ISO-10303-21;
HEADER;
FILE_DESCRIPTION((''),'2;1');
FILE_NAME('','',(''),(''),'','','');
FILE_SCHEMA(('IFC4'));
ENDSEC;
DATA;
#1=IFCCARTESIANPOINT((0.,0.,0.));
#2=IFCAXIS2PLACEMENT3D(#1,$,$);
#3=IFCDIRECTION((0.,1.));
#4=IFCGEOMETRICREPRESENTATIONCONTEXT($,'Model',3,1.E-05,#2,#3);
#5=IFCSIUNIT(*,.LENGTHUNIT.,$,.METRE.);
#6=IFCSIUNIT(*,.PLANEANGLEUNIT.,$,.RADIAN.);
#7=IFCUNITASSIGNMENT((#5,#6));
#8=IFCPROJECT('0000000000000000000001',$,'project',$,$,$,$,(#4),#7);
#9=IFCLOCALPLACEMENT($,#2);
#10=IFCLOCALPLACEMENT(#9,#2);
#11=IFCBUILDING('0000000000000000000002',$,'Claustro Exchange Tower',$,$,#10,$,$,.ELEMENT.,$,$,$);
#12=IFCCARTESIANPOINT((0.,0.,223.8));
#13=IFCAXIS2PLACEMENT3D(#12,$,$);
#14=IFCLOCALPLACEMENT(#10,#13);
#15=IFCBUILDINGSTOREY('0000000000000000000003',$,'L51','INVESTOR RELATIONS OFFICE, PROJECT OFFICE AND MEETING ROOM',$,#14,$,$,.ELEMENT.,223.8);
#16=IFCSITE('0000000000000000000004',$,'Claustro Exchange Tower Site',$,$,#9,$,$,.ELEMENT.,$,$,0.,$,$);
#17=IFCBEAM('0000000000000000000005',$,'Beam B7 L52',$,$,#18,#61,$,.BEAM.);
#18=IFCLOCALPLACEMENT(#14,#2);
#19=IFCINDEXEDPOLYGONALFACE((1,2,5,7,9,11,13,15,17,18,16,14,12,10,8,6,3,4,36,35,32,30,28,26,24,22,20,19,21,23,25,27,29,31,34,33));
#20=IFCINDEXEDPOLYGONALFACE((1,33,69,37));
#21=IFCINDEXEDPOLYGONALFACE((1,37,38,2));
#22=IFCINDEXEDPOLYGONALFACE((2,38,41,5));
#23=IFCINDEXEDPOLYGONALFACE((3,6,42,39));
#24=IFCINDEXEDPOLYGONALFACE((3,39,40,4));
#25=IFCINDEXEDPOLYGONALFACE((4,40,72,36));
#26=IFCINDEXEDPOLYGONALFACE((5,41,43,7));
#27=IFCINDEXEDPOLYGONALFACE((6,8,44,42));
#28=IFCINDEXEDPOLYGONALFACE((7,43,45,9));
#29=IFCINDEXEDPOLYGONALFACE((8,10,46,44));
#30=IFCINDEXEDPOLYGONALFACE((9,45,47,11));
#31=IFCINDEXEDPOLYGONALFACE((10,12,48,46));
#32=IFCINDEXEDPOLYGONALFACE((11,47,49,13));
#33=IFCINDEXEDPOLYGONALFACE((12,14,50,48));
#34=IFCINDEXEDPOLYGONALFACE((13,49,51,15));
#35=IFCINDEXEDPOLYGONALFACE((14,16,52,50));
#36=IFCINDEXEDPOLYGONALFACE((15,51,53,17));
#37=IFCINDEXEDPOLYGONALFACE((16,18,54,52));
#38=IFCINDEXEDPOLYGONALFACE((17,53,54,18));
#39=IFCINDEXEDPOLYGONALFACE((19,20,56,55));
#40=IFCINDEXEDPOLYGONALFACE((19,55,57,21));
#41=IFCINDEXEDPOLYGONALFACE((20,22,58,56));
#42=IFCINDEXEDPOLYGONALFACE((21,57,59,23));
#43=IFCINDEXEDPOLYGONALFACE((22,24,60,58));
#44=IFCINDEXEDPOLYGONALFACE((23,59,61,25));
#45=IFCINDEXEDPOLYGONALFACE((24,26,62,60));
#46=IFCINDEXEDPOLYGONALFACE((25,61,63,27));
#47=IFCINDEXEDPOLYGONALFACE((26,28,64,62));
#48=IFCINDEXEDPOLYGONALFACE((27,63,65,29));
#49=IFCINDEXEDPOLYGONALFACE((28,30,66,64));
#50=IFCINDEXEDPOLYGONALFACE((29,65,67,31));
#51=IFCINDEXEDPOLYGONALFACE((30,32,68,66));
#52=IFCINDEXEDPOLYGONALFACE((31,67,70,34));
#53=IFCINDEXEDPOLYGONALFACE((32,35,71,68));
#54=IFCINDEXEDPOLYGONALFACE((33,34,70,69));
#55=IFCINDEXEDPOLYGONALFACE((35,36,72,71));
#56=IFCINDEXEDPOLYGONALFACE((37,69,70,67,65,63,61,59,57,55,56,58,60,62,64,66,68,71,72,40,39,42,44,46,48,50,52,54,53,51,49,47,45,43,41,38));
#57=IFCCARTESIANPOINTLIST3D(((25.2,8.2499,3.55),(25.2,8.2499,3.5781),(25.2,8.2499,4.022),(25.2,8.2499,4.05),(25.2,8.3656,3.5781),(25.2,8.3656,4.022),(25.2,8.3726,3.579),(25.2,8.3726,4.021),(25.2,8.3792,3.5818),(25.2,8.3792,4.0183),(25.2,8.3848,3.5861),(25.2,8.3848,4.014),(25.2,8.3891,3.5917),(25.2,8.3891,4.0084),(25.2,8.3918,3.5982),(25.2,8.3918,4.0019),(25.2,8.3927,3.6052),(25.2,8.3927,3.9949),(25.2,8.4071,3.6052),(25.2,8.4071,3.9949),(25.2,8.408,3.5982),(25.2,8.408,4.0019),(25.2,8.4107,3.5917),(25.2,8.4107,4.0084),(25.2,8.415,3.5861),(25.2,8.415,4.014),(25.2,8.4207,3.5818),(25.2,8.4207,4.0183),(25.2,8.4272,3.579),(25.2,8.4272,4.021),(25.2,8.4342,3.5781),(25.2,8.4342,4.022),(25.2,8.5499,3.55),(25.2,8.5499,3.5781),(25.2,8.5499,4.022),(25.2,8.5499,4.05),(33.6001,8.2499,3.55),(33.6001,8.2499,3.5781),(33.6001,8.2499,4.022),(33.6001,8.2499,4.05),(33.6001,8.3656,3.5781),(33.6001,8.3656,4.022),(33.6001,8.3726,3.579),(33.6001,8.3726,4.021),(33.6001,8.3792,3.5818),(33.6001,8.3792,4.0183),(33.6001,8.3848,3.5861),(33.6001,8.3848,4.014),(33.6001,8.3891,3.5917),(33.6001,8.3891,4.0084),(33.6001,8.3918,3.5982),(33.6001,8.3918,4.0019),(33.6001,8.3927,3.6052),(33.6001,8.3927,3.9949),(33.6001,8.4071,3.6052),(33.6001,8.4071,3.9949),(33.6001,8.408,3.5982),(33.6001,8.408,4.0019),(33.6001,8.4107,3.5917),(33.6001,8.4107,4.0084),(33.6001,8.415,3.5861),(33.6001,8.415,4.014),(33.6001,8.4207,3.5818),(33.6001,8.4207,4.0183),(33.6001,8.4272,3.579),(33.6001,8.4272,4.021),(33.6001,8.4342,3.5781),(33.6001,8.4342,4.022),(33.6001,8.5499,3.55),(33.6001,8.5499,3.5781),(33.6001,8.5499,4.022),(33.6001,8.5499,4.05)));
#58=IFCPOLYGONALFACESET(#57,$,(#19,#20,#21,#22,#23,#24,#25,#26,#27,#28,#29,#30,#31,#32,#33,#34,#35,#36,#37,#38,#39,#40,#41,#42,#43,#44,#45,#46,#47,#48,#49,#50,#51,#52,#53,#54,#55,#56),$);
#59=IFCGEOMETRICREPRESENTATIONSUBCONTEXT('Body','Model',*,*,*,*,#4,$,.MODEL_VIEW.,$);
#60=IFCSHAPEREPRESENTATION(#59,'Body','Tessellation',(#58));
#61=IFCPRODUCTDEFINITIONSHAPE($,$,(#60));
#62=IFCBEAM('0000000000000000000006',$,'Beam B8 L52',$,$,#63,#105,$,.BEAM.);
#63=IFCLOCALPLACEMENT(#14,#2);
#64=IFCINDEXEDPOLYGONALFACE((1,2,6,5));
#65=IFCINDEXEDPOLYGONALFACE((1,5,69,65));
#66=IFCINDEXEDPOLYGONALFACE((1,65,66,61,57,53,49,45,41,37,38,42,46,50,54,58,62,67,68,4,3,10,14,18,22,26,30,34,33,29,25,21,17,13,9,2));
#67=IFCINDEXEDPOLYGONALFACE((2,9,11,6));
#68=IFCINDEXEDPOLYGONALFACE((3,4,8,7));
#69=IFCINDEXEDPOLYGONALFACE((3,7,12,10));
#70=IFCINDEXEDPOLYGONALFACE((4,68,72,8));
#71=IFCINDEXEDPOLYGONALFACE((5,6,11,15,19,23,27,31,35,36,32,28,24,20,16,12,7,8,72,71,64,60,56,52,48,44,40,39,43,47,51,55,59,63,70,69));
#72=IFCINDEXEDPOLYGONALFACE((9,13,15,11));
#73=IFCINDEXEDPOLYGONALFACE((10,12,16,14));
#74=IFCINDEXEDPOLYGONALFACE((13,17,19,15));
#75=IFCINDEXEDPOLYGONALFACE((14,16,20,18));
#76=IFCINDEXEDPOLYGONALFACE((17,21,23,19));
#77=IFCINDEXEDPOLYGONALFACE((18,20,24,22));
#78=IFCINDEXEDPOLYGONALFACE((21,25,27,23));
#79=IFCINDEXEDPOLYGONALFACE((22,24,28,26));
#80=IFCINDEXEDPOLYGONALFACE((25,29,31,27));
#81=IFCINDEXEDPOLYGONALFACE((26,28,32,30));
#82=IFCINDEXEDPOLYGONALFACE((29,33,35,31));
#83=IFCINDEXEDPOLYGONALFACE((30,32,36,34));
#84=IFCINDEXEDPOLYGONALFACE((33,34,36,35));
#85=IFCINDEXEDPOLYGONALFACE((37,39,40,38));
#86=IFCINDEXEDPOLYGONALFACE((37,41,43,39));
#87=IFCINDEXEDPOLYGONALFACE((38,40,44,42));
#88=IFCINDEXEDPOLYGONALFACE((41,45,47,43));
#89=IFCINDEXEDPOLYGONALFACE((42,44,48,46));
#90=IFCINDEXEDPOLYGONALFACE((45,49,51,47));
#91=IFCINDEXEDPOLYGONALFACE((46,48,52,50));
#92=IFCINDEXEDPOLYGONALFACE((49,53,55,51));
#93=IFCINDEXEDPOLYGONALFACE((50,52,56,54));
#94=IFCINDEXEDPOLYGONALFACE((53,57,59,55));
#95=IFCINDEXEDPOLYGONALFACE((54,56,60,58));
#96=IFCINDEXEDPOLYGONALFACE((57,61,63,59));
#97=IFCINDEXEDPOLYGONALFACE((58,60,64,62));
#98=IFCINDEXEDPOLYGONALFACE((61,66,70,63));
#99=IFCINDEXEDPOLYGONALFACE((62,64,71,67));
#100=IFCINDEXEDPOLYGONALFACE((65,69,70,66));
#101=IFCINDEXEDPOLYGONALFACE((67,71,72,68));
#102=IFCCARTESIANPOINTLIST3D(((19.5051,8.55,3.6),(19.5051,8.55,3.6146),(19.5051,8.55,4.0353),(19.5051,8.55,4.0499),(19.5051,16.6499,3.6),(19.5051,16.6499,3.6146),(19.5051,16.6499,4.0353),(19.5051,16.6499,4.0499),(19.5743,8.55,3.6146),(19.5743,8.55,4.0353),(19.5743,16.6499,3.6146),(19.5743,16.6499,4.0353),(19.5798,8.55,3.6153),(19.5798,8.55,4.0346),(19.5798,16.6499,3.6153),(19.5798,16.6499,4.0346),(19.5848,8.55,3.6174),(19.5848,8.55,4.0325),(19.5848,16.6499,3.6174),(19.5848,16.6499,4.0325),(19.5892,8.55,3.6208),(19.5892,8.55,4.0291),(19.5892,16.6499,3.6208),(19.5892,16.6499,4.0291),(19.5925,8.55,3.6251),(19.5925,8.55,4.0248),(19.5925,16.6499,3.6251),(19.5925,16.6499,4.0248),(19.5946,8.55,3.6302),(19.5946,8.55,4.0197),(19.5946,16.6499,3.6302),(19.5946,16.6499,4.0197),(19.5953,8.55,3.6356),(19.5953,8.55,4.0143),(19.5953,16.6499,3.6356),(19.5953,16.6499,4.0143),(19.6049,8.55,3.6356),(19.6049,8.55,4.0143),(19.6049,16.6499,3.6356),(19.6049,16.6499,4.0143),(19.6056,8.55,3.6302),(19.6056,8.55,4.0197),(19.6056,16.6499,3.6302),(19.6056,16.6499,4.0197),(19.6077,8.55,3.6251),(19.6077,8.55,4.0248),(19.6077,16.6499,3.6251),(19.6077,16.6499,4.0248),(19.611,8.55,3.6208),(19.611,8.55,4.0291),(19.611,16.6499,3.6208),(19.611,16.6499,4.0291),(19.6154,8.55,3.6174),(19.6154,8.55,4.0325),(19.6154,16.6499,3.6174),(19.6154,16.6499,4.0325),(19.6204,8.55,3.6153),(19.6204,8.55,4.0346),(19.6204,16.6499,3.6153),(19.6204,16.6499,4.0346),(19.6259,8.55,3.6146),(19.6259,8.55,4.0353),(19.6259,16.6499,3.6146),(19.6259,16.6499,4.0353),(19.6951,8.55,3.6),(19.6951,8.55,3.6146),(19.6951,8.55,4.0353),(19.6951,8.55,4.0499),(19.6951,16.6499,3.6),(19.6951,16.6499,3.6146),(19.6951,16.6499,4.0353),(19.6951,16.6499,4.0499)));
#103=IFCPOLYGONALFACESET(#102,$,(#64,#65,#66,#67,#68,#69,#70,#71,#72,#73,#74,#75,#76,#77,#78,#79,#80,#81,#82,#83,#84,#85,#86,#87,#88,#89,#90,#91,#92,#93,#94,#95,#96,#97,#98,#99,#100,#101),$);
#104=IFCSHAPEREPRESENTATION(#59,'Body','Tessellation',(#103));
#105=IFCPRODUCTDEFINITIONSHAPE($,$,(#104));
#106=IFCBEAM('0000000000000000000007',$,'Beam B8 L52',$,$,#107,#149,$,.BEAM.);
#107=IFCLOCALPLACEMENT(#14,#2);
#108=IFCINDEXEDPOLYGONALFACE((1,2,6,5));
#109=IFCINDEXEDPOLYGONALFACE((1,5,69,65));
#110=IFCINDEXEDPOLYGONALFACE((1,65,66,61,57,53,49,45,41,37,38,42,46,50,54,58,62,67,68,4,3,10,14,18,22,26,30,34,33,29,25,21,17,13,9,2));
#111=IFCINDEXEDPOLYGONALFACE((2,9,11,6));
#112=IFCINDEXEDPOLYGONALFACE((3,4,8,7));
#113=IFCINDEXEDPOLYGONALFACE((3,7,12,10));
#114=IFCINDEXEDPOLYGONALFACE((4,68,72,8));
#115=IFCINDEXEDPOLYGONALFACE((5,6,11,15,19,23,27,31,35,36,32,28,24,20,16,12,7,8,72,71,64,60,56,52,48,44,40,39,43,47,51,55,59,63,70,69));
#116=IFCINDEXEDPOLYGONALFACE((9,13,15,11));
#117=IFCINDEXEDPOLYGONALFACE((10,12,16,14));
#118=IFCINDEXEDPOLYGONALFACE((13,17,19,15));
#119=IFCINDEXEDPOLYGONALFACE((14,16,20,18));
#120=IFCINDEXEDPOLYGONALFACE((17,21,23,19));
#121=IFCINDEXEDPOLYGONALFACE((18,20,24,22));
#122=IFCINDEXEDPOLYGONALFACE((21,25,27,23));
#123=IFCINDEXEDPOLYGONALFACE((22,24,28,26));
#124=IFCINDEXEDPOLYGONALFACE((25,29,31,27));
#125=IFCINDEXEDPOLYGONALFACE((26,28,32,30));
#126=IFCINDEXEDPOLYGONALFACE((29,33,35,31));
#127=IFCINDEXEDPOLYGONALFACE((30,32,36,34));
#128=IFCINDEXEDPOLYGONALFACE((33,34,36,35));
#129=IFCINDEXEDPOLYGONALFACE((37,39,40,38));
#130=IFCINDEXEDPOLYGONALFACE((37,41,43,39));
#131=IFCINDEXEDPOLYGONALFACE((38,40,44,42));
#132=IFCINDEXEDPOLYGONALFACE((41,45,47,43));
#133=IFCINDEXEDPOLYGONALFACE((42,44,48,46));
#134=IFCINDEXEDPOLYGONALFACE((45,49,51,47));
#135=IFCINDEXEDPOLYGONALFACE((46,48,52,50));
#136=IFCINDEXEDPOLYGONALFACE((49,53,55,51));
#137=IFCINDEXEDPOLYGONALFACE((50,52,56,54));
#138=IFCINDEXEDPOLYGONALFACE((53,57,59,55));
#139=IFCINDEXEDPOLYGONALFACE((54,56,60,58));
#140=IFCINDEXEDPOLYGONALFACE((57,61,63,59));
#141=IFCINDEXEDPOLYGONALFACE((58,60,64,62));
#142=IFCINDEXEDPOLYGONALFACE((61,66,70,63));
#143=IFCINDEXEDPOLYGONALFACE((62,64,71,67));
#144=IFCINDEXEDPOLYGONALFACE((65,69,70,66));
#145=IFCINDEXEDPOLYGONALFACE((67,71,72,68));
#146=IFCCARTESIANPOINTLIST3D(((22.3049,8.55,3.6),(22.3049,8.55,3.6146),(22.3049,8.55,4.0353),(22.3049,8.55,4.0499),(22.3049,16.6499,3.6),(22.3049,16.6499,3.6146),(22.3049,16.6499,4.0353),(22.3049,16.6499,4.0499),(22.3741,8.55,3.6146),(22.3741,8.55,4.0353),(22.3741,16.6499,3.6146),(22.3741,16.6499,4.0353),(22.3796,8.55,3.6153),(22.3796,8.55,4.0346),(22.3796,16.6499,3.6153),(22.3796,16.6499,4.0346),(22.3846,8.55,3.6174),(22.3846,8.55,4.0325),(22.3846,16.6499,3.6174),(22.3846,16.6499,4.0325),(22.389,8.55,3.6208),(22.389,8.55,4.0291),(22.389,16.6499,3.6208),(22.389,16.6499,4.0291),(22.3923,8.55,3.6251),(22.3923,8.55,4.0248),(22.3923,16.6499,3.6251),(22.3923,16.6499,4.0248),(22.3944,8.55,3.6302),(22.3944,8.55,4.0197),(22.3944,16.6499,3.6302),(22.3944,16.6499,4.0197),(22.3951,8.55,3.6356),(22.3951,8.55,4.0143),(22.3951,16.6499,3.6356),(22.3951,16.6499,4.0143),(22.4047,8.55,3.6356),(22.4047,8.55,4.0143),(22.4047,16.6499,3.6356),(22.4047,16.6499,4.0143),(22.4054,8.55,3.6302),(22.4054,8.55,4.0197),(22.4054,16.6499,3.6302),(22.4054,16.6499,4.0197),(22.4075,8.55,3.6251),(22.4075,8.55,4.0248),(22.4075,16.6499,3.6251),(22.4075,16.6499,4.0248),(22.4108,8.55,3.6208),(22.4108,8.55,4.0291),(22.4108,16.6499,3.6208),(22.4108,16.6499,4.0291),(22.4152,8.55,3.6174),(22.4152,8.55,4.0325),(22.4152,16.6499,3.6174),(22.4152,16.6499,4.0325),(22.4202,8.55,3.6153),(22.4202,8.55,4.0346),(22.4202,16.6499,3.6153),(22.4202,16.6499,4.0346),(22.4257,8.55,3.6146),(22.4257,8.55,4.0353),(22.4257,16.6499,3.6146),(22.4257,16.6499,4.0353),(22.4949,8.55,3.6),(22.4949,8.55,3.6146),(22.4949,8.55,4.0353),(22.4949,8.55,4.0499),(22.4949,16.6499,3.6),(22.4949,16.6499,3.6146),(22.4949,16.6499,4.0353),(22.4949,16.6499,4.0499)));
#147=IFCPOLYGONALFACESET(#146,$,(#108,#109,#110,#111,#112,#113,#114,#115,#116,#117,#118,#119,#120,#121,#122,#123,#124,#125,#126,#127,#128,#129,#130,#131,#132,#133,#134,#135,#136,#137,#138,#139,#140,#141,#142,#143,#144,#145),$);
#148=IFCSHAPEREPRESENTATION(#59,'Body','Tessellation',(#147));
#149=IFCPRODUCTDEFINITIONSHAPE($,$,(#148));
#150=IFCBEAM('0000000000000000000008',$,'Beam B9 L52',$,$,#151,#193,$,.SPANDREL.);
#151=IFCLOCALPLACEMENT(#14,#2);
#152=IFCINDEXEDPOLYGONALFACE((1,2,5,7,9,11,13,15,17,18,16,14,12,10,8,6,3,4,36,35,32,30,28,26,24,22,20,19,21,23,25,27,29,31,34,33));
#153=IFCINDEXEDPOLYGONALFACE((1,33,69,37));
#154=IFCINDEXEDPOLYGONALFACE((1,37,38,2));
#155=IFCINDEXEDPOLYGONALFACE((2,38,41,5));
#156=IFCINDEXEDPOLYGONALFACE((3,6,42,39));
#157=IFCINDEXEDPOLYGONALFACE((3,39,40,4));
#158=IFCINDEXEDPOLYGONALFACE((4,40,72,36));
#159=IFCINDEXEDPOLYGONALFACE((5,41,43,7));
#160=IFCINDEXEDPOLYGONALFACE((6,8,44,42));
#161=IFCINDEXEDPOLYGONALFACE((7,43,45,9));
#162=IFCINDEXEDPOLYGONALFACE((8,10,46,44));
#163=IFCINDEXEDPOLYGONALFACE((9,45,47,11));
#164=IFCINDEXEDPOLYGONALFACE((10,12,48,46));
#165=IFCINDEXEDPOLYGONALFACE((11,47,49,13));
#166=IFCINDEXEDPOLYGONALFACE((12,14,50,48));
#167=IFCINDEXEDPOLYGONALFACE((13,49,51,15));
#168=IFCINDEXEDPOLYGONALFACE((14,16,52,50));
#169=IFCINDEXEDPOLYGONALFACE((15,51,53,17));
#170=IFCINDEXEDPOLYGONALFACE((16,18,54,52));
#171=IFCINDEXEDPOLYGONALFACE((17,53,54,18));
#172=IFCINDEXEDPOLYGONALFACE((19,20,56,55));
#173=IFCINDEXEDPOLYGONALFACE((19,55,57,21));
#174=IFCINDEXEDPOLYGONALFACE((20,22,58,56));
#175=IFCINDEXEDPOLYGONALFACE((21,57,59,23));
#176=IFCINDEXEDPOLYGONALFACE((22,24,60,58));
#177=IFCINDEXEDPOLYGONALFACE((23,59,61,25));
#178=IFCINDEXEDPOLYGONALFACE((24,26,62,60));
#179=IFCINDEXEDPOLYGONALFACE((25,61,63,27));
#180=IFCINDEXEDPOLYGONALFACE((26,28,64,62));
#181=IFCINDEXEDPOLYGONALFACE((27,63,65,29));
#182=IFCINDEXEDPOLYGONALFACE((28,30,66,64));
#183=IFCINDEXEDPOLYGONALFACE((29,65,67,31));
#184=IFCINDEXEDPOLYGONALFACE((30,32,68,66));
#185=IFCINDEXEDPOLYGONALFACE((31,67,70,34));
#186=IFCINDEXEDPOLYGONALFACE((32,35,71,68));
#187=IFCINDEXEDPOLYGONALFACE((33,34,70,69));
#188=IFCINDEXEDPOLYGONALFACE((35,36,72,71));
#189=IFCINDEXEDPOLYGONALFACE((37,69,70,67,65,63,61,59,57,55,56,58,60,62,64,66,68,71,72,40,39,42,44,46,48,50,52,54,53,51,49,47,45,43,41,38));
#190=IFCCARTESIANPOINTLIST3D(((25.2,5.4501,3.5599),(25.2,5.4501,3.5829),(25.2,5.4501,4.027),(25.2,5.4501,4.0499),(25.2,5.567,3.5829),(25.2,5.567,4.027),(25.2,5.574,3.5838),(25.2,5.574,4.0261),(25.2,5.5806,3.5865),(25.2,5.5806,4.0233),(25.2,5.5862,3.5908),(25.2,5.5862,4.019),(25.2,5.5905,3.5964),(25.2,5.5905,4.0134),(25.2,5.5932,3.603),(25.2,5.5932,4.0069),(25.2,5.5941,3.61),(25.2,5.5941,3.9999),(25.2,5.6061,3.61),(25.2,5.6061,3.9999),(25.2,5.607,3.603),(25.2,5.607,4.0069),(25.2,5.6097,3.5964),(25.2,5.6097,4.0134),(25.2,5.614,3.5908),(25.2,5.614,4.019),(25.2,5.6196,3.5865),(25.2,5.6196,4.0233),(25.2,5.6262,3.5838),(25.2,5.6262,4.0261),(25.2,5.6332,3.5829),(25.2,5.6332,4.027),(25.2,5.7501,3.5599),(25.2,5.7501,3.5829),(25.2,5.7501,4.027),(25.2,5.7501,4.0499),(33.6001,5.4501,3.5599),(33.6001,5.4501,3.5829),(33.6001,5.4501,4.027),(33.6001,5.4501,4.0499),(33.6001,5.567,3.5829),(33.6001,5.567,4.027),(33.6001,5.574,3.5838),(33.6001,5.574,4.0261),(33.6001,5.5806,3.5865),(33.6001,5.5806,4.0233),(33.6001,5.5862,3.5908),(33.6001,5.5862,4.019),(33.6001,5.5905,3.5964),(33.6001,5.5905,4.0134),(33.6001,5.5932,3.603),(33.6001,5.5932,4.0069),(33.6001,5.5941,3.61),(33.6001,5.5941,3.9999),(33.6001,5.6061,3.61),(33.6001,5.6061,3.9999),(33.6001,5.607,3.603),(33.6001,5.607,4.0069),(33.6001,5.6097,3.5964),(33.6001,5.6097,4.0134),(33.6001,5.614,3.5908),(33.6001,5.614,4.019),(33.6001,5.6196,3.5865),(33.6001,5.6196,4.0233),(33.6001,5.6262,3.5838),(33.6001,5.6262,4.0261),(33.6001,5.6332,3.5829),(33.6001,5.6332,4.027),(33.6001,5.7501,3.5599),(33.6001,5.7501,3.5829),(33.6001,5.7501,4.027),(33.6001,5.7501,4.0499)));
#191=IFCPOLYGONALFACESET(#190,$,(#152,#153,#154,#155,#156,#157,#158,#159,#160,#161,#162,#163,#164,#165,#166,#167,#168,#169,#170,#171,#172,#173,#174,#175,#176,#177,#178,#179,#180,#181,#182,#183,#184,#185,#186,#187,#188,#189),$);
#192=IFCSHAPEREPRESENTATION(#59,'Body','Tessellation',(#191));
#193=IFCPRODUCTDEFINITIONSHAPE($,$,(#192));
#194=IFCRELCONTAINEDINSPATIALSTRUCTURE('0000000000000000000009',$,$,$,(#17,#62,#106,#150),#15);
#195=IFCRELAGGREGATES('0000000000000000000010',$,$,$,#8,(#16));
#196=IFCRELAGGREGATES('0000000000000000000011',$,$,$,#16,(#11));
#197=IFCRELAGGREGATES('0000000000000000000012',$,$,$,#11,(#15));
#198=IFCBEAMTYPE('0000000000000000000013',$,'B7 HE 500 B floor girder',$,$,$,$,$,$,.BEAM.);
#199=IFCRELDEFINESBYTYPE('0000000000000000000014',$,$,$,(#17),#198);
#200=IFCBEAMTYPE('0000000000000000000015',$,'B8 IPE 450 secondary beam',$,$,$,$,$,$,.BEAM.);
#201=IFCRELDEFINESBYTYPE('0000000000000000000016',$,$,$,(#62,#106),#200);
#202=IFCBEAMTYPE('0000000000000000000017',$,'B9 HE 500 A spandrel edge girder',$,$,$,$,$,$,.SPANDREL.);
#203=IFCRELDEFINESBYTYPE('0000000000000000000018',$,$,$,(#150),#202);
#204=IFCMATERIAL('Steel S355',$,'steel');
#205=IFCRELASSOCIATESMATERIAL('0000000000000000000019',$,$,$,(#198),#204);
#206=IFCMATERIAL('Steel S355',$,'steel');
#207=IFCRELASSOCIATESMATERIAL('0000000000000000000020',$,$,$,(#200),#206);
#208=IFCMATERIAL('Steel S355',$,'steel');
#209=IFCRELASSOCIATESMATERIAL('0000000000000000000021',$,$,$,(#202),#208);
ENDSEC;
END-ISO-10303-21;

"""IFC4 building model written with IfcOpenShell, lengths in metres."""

from ifc_helpers import new_model, si_unit, direction, frame, origin, origin_2d, place, context, subcontext, project, spatial, i_section, extrude, material, material_profile, profile_set, type_object, element, save


model = new_model("IFC4")

# Units and contexts
model_context = context("Model", 3, precision=1e-05, world=origin(), true_north=direction((0.0, 1.0)))
body_context = subcontext(model_context, "Body", "Model", "MODEL_VIEW")
ifc_project = project(units=[si_unit("LENGTHUNIT", "METRE"), si_unit("PLANEANGLEUNIT", "RADIAN")], contexts=[model_context])

# Site, building, storey
site_placement = place(None, origin())
site = spatial("IfcSite", under=ifc_project, at=site_placement, Name="Claustro Exchange Tower Site", CompositionType="ELEMENT", RefElevation=0.0)
building_placement = place(site_placement, origin())
building = spatial("IfcBuilding", under=site, at=building_placement, Name="Claustro Exchange Tower", CompositionType="ELEMENT")
storey_placement = place(building_placement, frame((0.0, 0.0, 223.8)))
storey = spatial("IfcBuildingStorey", under=building, at=storey_placement, Name="L51", Description="INVESTOR RELATIONS OFFICE, PROJECT OFFICE AND MEETING ROOM", CompositionType="ELEMENT", Elevation=223.8)

# Beams
ifc_material_1 = material(Name="Steel S355", Category="steel")
ifc_material_profile_1 = material_profile(ifc_material_1, i_section(OverallWidth=0.3, OverallDepth=0.5, WebThickness=0.0144, FlangeThickness=0.0281, FilletRadius=0.0271, at=origin_2d()), Name="HE 500 B")
ifc_profile_set_1 = profile_set([ifc_material_profile_1], Name="Steel S355")
beam_type_1 = type_object("IfcBeamType", Name="B7 HE 500 B floor girder", PredefinedType="BEAM", material=ifc_profile_set_1)
for number, where, z_axis, x_axis, name in (
    (1, (25.2, 8.3999, 3.8), (1.0, 0.0, 0.0), (0.0, 1.0, 0.0), "Beam B7 L52"),
):
    element("IfcBeam", number, at=place(storey_placement, frame(where, z_axis=z_axis, x_axis=x_axis)), inside=storey, type_object=beam_type_1, Name=name, PredefinedType="BEAM", context=body_context, shape_type="SweptSolid", body=[
        extrude(i_section(OverallWidth=0.3, OverallDepth=0.5, WebThickness=0.0144, FlangeThickness=0.0281, FilletRadius=0.0271, at=origin_2d()), origin(), (0.0, 0.0, 1.0), 8.4001),
    ])
ifc_material_2 = material(Name="Steel S355", Category="steel")
ifc_material_profile_2 = material_profile(ifc_material_2, i_section(OverallWidth=0.1899, OverallDepth=0.45, WebThickness=0.0095, FlangeThickness=0.0146, FilletRadius=0.021, at=origin_2d()), Name="IPE 450")
ifc_profile_set_2 = profile_set([ifc_material_profile_2], Name="Steel S355")
beam_type_2 = type_object("IfcBeamType", Name="B8 IPE 450 secondary beam", PredefinedType="BEAM", material=ifc_profile_set_2)
for number, where, z_axis, x_axis, name in (
    (2, (19.6001, 8.55, 3.825), (0.0, 1.0, 0.0), (-1.0, 0.0, 0.0), "Beam B8 L52"),
    (3, (22.3999, 8.55, 3.825), (0.0, 1.0, 0.0), (-1.0, 0.0, 0.0), "Beam B8 L52"),
):
    element("IfcBeam", number, at=place(storey_placement, frame(where, z_axis=z_axis, x_axis=x_axis)), inside=storey, type_object=beam_type_2, Name=name, PredefinedType="BEAM", context=body_context, shape_type="SweptSolid", body=[
        extrude(i_section(OverallWidth=0.1899, OverallDepth=0.45, WebThickness=0.0095, FlangeThickness=0.0146, FilletRadius=0.021, at=origin_2d()), origin(), (0.0, 0.0, 1.0), 8.0999),
    ])
ifc_material_3 = material(Name="Steel S355", Category="steel")
ifc_material_profile_3 = material_profile(ifc_material_3, i_section(OverallWidth=0.3, OverallDepth=0.49, WebThickness=0.012, FlangeThickness=0.0229, FilletRadius=0.0271, at=origin_2d()), Name="HE 500 A")
ifc_profile_set_3 = profile_set([ifc_material_profile_3], Name="Steel S355")
beam_type_3 = type_object("IfcBeamType", Name="B9 HE 500 A spandrel edge girder", PredefinedType="SPANDREL", material=ifc_profile_set_3)
beam_1_placement = place(storey_placement, frame((25.2, 5.6001, 3.8049), z_axis=(1.0, 0.0, 0.0), x_axis=(0.0, 1.0, 0.0)))
element("IfcBeam", 4, at=beam_1_placement, inside=storey, type_object=beam_type_3, Name="Beam B9 L52", PredefinedType="SPANDREL", context=body_context, shape_type="SweptSolid", body=[
    extrude(i_section(OverallWidth=0.3, OverallDepth=0.49, WebThickness=0.012, FlangeThickness=0.0229, FilletRadius=0.0271, at=origin_2d()), origin(), (0.0, 0.0, 1.0), 8.4001),
])

save(model, "model.ifc")
